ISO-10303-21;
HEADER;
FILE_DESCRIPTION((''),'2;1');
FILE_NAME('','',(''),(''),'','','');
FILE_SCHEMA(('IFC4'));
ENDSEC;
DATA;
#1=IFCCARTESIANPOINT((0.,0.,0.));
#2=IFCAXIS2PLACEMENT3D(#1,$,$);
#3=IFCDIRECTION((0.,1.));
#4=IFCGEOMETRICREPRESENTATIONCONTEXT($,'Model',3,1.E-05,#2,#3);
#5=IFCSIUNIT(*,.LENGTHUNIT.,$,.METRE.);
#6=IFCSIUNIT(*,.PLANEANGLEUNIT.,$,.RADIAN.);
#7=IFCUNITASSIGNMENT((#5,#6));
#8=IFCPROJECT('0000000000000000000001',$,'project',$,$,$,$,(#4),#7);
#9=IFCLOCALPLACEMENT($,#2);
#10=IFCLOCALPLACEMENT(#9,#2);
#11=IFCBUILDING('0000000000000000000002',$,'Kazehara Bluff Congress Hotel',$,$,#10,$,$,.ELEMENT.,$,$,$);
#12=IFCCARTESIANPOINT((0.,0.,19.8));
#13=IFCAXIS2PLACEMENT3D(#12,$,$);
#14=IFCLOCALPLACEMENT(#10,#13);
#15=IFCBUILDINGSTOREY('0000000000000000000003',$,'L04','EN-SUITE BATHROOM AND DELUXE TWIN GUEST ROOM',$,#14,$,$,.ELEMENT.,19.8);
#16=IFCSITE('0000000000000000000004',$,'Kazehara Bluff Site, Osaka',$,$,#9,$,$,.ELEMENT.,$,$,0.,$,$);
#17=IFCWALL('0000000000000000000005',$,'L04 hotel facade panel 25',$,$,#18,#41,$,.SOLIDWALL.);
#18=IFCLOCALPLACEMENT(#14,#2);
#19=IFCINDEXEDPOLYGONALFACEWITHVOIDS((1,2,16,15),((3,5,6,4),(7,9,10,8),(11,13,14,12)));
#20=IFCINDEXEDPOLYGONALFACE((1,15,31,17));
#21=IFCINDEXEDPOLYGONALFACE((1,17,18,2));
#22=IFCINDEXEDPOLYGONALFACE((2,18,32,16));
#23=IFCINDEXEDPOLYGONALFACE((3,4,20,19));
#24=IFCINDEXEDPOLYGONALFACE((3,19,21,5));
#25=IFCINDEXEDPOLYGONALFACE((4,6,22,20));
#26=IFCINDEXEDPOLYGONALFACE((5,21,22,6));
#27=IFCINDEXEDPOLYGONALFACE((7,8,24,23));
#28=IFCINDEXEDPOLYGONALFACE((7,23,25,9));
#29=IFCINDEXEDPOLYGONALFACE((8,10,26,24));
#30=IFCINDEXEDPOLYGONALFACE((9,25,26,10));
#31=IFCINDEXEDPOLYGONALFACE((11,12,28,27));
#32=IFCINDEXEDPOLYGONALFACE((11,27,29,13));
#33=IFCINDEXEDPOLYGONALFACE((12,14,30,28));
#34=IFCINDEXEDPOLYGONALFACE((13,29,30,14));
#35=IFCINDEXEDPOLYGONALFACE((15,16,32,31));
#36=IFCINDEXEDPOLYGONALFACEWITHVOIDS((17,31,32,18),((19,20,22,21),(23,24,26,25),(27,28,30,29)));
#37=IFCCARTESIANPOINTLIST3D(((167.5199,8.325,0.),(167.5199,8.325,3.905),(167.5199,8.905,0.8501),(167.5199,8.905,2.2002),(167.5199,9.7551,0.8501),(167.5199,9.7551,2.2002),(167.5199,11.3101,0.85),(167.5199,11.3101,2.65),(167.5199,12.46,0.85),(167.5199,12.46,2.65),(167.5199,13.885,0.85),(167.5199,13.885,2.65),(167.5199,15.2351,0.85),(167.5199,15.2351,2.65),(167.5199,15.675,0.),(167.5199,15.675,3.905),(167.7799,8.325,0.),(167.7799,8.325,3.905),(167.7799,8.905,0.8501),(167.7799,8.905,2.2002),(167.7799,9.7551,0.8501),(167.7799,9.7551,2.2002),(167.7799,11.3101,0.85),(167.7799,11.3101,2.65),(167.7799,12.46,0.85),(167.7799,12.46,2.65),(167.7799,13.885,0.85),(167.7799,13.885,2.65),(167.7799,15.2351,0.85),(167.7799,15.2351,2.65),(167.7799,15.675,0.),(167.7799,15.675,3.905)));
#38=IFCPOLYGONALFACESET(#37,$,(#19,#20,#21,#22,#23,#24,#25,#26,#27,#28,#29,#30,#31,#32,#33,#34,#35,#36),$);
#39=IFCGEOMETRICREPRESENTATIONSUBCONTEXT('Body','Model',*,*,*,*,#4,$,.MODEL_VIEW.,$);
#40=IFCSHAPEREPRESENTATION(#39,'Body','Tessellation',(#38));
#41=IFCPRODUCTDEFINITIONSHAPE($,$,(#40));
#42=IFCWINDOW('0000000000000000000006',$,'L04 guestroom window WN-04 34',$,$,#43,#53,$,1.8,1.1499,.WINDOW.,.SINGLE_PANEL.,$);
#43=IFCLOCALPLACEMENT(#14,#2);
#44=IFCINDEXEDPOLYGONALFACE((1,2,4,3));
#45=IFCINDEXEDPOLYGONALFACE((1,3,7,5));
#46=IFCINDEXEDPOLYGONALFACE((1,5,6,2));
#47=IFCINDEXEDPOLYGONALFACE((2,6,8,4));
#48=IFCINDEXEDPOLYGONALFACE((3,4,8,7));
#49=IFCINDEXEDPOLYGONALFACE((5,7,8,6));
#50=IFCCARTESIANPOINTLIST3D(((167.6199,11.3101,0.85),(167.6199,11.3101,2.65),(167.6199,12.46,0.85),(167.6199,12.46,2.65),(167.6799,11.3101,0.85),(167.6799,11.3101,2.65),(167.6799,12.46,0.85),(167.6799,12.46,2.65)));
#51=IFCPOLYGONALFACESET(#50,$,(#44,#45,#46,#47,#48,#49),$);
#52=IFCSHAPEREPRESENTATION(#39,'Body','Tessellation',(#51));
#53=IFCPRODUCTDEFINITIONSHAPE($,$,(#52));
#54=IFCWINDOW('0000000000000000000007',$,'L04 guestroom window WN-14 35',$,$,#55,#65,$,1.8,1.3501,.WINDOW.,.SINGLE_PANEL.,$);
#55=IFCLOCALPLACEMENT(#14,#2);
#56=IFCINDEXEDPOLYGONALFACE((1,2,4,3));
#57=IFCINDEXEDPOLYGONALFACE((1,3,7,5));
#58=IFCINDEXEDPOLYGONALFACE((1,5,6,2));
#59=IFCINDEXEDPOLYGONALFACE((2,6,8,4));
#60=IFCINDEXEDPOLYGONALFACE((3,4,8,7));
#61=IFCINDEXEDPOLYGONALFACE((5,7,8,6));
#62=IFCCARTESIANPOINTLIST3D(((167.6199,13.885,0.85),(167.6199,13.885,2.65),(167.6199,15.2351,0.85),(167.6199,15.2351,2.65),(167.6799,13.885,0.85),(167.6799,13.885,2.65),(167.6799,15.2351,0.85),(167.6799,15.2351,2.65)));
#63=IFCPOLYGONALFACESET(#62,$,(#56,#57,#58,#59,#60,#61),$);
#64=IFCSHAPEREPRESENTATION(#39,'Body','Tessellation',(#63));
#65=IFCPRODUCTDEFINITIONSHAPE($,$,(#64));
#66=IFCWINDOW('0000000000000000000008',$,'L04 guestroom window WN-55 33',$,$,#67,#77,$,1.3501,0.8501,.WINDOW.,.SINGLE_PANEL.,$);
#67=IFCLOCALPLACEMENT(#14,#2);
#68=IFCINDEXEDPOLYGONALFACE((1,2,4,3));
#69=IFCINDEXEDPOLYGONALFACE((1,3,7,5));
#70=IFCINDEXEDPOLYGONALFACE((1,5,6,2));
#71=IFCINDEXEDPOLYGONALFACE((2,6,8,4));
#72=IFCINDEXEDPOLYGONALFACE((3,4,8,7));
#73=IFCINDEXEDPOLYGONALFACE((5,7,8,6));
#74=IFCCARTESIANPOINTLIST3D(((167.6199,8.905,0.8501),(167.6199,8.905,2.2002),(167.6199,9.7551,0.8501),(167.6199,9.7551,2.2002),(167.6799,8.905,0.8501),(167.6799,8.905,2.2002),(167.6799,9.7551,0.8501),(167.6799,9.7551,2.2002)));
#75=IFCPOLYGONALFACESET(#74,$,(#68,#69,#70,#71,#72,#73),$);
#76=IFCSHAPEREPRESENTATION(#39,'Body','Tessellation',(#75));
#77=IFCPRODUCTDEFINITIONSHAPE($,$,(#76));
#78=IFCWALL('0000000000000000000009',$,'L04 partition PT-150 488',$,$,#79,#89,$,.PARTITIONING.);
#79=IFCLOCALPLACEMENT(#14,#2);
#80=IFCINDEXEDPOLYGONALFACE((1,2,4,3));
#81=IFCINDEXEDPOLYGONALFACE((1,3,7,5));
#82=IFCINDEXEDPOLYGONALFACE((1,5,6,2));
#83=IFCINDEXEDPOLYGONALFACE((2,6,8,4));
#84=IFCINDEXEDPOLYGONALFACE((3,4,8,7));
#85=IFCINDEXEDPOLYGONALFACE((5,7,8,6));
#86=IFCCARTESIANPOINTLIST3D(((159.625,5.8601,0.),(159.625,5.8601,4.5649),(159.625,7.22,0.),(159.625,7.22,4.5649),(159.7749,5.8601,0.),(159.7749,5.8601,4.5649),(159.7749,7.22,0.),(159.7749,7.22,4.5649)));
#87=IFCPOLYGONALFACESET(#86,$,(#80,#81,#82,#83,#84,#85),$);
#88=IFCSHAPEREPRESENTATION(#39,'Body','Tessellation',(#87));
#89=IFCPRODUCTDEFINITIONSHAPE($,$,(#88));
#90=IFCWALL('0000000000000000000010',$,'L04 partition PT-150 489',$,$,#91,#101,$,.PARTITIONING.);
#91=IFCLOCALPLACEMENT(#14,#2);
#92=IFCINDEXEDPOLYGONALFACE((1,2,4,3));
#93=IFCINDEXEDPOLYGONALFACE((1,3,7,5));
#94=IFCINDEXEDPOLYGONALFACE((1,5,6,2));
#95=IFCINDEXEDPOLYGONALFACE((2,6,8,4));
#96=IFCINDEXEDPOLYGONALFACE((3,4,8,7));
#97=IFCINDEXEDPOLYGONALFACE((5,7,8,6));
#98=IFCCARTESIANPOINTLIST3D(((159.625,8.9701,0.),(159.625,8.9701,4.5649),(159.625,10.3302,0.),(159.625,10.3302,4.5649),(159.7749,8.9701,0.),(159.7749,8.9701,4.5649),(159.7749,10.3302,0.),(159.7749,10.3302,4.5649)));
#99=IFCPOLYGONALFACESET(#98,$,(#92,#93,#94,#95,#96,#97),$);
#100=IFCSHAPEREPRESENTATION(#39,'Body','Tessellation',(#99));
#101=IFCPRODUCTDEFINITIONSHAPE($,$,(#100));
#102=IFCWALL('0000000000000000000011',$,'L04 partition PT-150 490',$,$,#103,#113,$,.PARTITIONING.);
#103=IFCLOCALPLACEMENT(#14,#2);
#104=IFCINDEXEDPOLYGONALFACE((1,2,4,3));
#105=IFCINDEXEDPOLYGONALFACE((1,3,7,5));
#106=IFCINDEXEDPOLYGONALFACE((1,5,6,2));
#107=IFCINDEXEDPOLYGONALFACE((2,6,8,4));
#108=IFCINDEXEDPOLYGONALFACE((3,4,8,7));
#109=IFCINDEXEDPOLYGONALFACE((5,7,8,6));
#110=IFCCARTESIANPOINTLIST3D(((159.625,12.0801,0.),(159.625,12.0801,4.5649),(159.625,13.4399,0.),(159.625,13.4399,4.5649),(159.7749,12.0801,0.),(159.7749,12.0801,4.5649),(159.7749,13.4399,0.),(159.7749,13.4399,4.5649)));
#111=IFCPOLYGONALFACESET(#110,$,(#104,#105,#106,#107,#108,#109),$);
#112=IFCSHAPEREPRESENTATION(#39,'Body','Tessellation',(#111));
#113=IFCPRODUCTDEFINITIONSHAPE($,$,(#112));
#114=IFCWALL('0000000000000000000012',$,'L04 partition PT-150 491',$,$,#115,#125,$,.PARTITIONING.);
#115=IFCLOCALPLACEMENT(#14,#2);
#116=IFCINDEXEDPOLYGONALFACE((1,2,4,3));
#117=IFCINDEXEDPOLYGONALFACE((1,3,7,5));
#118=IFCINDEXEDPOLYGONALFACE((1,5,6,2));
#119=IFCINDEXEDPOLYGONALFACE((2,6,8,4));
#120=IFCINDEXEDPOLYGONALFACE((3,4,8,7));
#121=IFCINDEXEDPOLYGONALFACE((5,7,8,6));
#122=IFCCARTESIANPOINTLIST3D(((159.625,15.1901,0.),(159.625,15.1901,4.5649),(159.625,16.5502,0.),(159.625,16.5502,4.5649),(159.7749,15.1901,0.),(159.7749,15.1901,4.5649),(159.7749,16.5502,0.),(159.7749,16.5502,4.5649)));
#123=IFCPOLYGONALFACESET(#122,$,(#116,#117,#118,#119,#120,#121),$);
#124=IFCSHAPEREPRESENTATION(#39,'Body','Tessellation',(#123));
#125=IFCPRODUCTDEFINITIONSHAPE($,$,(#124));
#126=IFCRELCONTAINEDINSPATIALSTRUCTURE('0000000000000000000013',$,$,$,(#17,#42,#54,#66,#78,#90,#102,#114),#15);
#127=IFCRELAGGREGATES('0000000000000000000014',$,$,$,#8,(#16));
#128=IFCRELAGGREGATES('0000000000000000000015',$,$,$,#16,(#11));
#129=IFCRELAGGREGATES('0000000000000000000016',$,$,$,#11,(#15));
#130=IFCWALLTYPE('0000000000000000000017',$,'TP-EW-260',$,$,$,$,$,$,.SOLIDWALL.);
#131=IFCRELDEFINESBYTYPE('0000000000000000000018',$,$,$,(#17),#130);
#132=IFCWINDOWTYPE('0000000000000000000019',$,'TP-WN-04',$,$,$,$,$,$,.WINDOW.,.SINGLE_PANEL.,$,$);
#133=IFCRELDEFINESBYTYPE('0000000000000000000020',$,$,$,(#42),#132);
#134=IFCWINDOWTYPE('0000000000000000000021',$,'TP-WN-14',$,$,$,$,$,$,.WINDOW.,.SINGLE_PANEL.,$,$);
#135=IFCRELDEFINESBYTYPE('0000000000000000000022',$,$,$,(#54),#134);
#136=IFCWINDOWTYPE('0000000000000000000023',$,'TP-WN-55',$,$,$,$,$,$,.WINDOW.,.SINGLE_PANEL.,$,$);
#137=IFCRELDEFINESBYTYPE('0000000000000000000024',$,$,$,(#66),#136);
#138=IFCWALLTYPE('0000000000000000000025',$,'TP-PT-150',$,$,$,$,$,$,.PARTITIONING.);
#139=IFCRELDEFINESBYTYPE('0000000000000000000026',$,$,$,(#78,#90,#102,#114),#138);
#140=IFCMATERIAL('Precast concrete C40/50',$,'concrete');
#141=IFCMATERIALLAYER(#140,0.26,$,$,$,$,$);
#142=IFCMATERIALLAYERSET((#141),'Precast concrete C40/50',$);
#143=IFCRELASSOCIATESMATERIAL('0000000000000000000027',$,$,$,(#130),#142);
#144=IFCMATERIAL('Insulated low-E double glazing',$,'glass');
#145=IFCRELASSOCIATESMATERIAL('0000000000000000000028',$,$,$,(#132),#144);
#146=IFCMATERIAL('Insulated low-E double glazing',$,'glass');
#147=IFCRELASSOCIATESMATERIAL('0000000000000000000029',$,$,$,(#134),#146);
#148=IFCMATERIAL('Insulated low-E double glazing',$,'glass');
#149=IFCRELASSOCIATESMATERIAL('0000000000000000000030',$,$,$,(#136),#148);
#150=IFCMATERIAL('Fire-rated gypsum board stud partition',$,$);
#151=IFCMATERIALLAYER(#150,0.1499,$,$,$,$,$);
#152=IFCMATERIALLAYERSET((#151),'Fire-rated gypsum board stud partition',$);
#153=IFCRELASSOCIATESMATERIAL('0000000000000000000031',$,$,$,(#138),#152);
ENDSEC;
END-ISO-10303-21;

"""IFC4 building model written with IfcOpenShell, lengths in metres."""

from ifc_helpers import new_model, si_unit, direction, frame, frame_2d, origin, place, context, subcontext, project, spatial, rectangle, extrude, material, layer, layer_set, type_object, element, fill, save


model = new_model("IFC4")

# Units and contexts
model_context = context("Model", 3, precision=1e-05, world=origin(), true_north=direction((0.0, 1.0)))
body_context = subcontext(model_context, "Body", "Model", "MODEL_VIEW")
ifc_project = project(units=[si_unit("LENGTHUNIT", "METRE"), si_unit("PLANEANGLEUNIT", "RADIAN")], contexts=[model_context])

# Site, building, storey
site_placement = place(None, origin())
site = spatial("IfcSite", under=ifc_project, at=site_placement, Name="Kazehara Bluff Site, Osaka", CompositionType="ELEMENT", RefElevation=0.0)
building_placement = place(site_placement, origin())
building = spatial("IfcBuilding", under=site, at=building_placement, Name="Kazehara Bluff Congress Hotel", CompositionType="ELEMENT")
storey_placement = place(building_placement, frame((0.0, 0.0, 19.8)))
storey = spatial("IfcBuildingStorey", under=building, at=storey_placement, Name="L04", Description="EN-SUITE BATHROOM AND DELUXE TWIN GUEST ROOM", CompositionType="ELEMENT", Elevation=19.8)

# Wall, openings, windows
ifc_material_1 = material(Name="Precast concrete C40/50", Category="concrete")
ifc_layer_1 = layer(ifc_material_1, 0.26)
ifc_layer_set_1 = layer_set([ifc_layer_1], Name="Precast concrete C40/50")
wall_type_1 = type_object("IfcWallType", Name="TP-EW-260", PredefinedType="SOLIDWALL", material=ifc_layer_set_1)
wall_1_placement = place(storey_placement, frame((167.6499, 15.675, 0.0), z_axis=(0.0, 0.0, 1.0), x_axis=(0.0, -1.0, 0.0)))
wall_1 = element("IfcWall", 1, at=wall_1_placement, inside=storey, type_object=wall_type_1, Name="L04 hotel facade panel 25", PredefinedType="SOLIDWALL", context=body_context, shape_type="SweptSolid", body=[
    extrude(rectangle(XDim=7.3501, YDim=0.26, at=frame_2d((3.675, 0.0))), origin(), (0.0, 0.0, 1.0), 3.905),
])
opening_1_placement = place(wall_1_placement, frame((5.9199, 0.0, 0.8501)))
opening_1 = element("IfcOpeningElement", 2, at=opening_1_placement, cuts=wall_1, PredefinedType="OPENING", context=body_context, shape_type="SweptSolid", body=[
    extrude(rectangle(XDim=0.8501, YDim=1.3501, at=frame_2d((0.425, 0.675))), frame((0.0, 0.1399, 0.0), z_axis=(0.0, -1.0, 0.0), x_axis=(1.0, 0.0, 0.0)), (0.0, 0.0, 1.0), 0.28),
])
opening_2_placement = place(wall_1_placement, frame((3.2151, 0.0, 0.8501)))
opening_2 = element("IfcOpeningElement", 3, at=opening_2_placement, cuts=wall_1, PredefinedType="OPENING", context=body_context, shape_type="SweptSolid", body=[
    extrude(rectangle(XDim=1.1499, YDim=1.8, at=frame_2d((0.575, 0.8999))), frame((0.0, 0.1399, 0.0), z_axis=(0.0, -1.0, 0.0), x_axis=(1.0, 0.0, 0.0)), (0.0, 0.0, 1.0), 0.28),
])
opening_3_placement = place(wall_1_placement, frame((0.4399, 0.0, 0.8501)))
opening_3 = element("IfcOpeningElement", 4, at=opening_3_placement, cuts=wall_1, PredefinedType="OPENING", context=body_context, shape_type="SweptSolid", body=[
    extrude(rectangle(XDim=1.3501, YDim=1.8, at=frame_2d((0.675, 0.8999))), frame((0.0, 0.1399, 0.0), z_axis=(0.0, -1.0, 0.0), x_axis=(1.0, 0.0, 0.0)), (0.0, 0.0, 1.0), 0.28),
])
ifc_material_2 = material(Name="Insulated low-E double glazing", Category="glass")
window_type_1 = type_object("IfcWindowType", Name="TP-WN-04", PartitioningType="SINGLE_PANEL", PredefinedType="WINDOW", material=ifc_material_2)
window_1_placement = place(opening_2_placement, origin())
window_1 = element("IfcWindow", 5, at=window_1_placement, inside=storey, type_object=window_type_1, Name="L04 guestroom window WN-04 34", OverallHeight=1.8, OverallWidth=1.1499, PartitioningType="SINGLE_PANEL", PredefinedType="WINDOW", context=body_context, shape_type="SweptSolid", body=[
    extrude(rectangle(XDim=1.1499, YDim=1.8, at=frame_2d((0.575, 0.8999))), frame((0.0, 0.03, 0.0), z_axis=(0.0, -1.0, 0.0), x_axis=(1.0, 0.0, 0.0)), (0.0, 0.0, 1.0), 0.0601),
])
fill(opening_2, window_1)
ifc_material_3 = material(Name="Insulated low-E double glazing", Category="glass")
window_type_2 = type_object("IfcWindowType", Name="TP-WN-14", PartitioningType="SINGLE_PANEL", PredefinedType="WINDOW", material=ifc_material_3)
window_2_placement = place(opening_3_placement, origin())
window_2 = element("IfcWindow", 6, at=window_2_placement, inside=storey, type_object=window_type_2, Name="L04 guestroom window WN-14 35", OverallHeight=1.8, OverallWidth=1.3501, PartitioningType="SINGLE_PANEL", PredefinedType="WINDOW", context=body_context, shape_type="SweptSolid", body=[
    extrude(rectangle(XDim=1.3501, YDim=1.8, at=frame_2d((0.675, 0.8999))), frame((0.0, 0.03, 0.0), z_axis=(0.0, -1.0, 0.0), x_axis=(1.0, 0.0, 0.0)), (0.0, 0.0, 1.0), 0.0601),
])
fill(opening_3, window_2)
ifc_material_4 = material(Name="Insulated low-E double glazing", Category="glass")
window_type_3 = type_object("IfcWindowType", Name="TP-WN-55", PartitioningType="SINGLE_PANEL", PredefinedType="WINDOW", material=ifc_material_4)
window_3_placement = place(opening_1_placement, origin())
window_3 = element("IfcWindow", 7, at=window_3_placement, inside=storey, type_object=window_type_3, Name="L04 guestroom window WN-55 33", OverallHeight=1.3501, OverallWidth=0.8501, PartitioningType="SINGLE_PANEL", PredefinedType="WINDOW", context=body_context, shape_type="SweptSolid", body=[
    extrude(rectangle(XDim=0.8501, YDim=1.3501, at=frame_2d((0.425, 0.675))), frame((0.0, 0.03, 0.0), z_axis=(0.0, -1.0, 0.0), x_axis=(1.0, 0.0, 0.0)), (0.0, 0.0, 1.0), 0.0601),
])
fill(opening_1, window_3)

# Walls
ifc_material_5 = material(Name="Fire-rated gypsum board stud partition")
ifc_layer_2 = layer(ifc_material_5, 0.1499)
ifc_layer_set_2 = layer_set([ifc_layer_2], Name="Fire-rated gypsum board stud partition")
wall_type_2 = type_object("IfcWallType", Name="TP-PT-150", PredefinedType="PARTITIONING", material=ifc_layer_set_2)
wall_2_placement = place(storey_placement, frame((159.7, 5.8601, 0.0), z_axis=(0.0, 0.0, 1.0), x_axis=(0.0, 1.0, 0.0)))
element("IfcWall", 8, at=wall_2_placement, inside=storey, type_object=wall_type_2, Name="L04 partition PT-150 488", PredefinedType="PARTITIONING", context=body_context, shape_type="SweptSolid", body=[
    extrude(rectangle(XDim=1.3599, YDim=0.1499, at=frame_2d((0.6799, 0.0))), origin(), (0.0, 0.0, 1.0), 4.5649),
])
wall_3_placement = place(storey_placement, frame((159.7, 8.97, 0.0), z_axis=(0.0, 0.0, 1.0), x_axis=(0.0, 1.0, 0.0)))
element("IfcWall", 9, at=wall_3_placement, inside=storey, type_object=wall_type_2, Name="L04 partition PT-150 489", PredefinedType="PARTITIONING", context=body_context, shape_type="SweptSolid", body=[
    extrude(rectangle(XDim=1.3601, YDim=0.1499, at=frame_2d((0.6802, 0.0))), origin(), (0.0, 0.0, 1.0), 4.5649),
])
wall_4_placement = place(storey_placement, frame((159.7, 12.0801, 0.0), z_axis=(0.0, 0.0, 1.0), x_axis=(0.0, 1.0, 0.0)))
element("IfcWall", 10, at=wall_4_placement, inside=storey, type_object=wall_type_2, Name="L04 partition PT-150 490", PredefinedType="PARTITIONING", context=body_context, shape_type="SweptSolid", body=[
    extrude(rectangle(XDim=1.3599, YDim=0.1499, at=frame_2d((0.6799, 0.0))), origin(), (0.0, 0.0, 1.0), 4.5649),
])
wall_5_placement = place(storey_placement, frame((159.7, 15.1899, 0.0), z_axis=(0.0, 0.0, 1.0), x_axis=(0.0, 1.0, 0.0)))
element("IfcWall", 11, at=wall_5_placement, inside=storey, type_object=wall_type_2, Name="L04 partition PT-150 491", PredefinedType="PARTITIONING", context=body_context, shape_type="SweptSolid", body=[
    extrude(rectangle(XDim=1.3601, YDim=0.1499, at=frame_2d((0.6802, 0.0))), origin(), (0.0, 0.0, 1.0), 4.5649),
])

save(model, "model.ifc")
